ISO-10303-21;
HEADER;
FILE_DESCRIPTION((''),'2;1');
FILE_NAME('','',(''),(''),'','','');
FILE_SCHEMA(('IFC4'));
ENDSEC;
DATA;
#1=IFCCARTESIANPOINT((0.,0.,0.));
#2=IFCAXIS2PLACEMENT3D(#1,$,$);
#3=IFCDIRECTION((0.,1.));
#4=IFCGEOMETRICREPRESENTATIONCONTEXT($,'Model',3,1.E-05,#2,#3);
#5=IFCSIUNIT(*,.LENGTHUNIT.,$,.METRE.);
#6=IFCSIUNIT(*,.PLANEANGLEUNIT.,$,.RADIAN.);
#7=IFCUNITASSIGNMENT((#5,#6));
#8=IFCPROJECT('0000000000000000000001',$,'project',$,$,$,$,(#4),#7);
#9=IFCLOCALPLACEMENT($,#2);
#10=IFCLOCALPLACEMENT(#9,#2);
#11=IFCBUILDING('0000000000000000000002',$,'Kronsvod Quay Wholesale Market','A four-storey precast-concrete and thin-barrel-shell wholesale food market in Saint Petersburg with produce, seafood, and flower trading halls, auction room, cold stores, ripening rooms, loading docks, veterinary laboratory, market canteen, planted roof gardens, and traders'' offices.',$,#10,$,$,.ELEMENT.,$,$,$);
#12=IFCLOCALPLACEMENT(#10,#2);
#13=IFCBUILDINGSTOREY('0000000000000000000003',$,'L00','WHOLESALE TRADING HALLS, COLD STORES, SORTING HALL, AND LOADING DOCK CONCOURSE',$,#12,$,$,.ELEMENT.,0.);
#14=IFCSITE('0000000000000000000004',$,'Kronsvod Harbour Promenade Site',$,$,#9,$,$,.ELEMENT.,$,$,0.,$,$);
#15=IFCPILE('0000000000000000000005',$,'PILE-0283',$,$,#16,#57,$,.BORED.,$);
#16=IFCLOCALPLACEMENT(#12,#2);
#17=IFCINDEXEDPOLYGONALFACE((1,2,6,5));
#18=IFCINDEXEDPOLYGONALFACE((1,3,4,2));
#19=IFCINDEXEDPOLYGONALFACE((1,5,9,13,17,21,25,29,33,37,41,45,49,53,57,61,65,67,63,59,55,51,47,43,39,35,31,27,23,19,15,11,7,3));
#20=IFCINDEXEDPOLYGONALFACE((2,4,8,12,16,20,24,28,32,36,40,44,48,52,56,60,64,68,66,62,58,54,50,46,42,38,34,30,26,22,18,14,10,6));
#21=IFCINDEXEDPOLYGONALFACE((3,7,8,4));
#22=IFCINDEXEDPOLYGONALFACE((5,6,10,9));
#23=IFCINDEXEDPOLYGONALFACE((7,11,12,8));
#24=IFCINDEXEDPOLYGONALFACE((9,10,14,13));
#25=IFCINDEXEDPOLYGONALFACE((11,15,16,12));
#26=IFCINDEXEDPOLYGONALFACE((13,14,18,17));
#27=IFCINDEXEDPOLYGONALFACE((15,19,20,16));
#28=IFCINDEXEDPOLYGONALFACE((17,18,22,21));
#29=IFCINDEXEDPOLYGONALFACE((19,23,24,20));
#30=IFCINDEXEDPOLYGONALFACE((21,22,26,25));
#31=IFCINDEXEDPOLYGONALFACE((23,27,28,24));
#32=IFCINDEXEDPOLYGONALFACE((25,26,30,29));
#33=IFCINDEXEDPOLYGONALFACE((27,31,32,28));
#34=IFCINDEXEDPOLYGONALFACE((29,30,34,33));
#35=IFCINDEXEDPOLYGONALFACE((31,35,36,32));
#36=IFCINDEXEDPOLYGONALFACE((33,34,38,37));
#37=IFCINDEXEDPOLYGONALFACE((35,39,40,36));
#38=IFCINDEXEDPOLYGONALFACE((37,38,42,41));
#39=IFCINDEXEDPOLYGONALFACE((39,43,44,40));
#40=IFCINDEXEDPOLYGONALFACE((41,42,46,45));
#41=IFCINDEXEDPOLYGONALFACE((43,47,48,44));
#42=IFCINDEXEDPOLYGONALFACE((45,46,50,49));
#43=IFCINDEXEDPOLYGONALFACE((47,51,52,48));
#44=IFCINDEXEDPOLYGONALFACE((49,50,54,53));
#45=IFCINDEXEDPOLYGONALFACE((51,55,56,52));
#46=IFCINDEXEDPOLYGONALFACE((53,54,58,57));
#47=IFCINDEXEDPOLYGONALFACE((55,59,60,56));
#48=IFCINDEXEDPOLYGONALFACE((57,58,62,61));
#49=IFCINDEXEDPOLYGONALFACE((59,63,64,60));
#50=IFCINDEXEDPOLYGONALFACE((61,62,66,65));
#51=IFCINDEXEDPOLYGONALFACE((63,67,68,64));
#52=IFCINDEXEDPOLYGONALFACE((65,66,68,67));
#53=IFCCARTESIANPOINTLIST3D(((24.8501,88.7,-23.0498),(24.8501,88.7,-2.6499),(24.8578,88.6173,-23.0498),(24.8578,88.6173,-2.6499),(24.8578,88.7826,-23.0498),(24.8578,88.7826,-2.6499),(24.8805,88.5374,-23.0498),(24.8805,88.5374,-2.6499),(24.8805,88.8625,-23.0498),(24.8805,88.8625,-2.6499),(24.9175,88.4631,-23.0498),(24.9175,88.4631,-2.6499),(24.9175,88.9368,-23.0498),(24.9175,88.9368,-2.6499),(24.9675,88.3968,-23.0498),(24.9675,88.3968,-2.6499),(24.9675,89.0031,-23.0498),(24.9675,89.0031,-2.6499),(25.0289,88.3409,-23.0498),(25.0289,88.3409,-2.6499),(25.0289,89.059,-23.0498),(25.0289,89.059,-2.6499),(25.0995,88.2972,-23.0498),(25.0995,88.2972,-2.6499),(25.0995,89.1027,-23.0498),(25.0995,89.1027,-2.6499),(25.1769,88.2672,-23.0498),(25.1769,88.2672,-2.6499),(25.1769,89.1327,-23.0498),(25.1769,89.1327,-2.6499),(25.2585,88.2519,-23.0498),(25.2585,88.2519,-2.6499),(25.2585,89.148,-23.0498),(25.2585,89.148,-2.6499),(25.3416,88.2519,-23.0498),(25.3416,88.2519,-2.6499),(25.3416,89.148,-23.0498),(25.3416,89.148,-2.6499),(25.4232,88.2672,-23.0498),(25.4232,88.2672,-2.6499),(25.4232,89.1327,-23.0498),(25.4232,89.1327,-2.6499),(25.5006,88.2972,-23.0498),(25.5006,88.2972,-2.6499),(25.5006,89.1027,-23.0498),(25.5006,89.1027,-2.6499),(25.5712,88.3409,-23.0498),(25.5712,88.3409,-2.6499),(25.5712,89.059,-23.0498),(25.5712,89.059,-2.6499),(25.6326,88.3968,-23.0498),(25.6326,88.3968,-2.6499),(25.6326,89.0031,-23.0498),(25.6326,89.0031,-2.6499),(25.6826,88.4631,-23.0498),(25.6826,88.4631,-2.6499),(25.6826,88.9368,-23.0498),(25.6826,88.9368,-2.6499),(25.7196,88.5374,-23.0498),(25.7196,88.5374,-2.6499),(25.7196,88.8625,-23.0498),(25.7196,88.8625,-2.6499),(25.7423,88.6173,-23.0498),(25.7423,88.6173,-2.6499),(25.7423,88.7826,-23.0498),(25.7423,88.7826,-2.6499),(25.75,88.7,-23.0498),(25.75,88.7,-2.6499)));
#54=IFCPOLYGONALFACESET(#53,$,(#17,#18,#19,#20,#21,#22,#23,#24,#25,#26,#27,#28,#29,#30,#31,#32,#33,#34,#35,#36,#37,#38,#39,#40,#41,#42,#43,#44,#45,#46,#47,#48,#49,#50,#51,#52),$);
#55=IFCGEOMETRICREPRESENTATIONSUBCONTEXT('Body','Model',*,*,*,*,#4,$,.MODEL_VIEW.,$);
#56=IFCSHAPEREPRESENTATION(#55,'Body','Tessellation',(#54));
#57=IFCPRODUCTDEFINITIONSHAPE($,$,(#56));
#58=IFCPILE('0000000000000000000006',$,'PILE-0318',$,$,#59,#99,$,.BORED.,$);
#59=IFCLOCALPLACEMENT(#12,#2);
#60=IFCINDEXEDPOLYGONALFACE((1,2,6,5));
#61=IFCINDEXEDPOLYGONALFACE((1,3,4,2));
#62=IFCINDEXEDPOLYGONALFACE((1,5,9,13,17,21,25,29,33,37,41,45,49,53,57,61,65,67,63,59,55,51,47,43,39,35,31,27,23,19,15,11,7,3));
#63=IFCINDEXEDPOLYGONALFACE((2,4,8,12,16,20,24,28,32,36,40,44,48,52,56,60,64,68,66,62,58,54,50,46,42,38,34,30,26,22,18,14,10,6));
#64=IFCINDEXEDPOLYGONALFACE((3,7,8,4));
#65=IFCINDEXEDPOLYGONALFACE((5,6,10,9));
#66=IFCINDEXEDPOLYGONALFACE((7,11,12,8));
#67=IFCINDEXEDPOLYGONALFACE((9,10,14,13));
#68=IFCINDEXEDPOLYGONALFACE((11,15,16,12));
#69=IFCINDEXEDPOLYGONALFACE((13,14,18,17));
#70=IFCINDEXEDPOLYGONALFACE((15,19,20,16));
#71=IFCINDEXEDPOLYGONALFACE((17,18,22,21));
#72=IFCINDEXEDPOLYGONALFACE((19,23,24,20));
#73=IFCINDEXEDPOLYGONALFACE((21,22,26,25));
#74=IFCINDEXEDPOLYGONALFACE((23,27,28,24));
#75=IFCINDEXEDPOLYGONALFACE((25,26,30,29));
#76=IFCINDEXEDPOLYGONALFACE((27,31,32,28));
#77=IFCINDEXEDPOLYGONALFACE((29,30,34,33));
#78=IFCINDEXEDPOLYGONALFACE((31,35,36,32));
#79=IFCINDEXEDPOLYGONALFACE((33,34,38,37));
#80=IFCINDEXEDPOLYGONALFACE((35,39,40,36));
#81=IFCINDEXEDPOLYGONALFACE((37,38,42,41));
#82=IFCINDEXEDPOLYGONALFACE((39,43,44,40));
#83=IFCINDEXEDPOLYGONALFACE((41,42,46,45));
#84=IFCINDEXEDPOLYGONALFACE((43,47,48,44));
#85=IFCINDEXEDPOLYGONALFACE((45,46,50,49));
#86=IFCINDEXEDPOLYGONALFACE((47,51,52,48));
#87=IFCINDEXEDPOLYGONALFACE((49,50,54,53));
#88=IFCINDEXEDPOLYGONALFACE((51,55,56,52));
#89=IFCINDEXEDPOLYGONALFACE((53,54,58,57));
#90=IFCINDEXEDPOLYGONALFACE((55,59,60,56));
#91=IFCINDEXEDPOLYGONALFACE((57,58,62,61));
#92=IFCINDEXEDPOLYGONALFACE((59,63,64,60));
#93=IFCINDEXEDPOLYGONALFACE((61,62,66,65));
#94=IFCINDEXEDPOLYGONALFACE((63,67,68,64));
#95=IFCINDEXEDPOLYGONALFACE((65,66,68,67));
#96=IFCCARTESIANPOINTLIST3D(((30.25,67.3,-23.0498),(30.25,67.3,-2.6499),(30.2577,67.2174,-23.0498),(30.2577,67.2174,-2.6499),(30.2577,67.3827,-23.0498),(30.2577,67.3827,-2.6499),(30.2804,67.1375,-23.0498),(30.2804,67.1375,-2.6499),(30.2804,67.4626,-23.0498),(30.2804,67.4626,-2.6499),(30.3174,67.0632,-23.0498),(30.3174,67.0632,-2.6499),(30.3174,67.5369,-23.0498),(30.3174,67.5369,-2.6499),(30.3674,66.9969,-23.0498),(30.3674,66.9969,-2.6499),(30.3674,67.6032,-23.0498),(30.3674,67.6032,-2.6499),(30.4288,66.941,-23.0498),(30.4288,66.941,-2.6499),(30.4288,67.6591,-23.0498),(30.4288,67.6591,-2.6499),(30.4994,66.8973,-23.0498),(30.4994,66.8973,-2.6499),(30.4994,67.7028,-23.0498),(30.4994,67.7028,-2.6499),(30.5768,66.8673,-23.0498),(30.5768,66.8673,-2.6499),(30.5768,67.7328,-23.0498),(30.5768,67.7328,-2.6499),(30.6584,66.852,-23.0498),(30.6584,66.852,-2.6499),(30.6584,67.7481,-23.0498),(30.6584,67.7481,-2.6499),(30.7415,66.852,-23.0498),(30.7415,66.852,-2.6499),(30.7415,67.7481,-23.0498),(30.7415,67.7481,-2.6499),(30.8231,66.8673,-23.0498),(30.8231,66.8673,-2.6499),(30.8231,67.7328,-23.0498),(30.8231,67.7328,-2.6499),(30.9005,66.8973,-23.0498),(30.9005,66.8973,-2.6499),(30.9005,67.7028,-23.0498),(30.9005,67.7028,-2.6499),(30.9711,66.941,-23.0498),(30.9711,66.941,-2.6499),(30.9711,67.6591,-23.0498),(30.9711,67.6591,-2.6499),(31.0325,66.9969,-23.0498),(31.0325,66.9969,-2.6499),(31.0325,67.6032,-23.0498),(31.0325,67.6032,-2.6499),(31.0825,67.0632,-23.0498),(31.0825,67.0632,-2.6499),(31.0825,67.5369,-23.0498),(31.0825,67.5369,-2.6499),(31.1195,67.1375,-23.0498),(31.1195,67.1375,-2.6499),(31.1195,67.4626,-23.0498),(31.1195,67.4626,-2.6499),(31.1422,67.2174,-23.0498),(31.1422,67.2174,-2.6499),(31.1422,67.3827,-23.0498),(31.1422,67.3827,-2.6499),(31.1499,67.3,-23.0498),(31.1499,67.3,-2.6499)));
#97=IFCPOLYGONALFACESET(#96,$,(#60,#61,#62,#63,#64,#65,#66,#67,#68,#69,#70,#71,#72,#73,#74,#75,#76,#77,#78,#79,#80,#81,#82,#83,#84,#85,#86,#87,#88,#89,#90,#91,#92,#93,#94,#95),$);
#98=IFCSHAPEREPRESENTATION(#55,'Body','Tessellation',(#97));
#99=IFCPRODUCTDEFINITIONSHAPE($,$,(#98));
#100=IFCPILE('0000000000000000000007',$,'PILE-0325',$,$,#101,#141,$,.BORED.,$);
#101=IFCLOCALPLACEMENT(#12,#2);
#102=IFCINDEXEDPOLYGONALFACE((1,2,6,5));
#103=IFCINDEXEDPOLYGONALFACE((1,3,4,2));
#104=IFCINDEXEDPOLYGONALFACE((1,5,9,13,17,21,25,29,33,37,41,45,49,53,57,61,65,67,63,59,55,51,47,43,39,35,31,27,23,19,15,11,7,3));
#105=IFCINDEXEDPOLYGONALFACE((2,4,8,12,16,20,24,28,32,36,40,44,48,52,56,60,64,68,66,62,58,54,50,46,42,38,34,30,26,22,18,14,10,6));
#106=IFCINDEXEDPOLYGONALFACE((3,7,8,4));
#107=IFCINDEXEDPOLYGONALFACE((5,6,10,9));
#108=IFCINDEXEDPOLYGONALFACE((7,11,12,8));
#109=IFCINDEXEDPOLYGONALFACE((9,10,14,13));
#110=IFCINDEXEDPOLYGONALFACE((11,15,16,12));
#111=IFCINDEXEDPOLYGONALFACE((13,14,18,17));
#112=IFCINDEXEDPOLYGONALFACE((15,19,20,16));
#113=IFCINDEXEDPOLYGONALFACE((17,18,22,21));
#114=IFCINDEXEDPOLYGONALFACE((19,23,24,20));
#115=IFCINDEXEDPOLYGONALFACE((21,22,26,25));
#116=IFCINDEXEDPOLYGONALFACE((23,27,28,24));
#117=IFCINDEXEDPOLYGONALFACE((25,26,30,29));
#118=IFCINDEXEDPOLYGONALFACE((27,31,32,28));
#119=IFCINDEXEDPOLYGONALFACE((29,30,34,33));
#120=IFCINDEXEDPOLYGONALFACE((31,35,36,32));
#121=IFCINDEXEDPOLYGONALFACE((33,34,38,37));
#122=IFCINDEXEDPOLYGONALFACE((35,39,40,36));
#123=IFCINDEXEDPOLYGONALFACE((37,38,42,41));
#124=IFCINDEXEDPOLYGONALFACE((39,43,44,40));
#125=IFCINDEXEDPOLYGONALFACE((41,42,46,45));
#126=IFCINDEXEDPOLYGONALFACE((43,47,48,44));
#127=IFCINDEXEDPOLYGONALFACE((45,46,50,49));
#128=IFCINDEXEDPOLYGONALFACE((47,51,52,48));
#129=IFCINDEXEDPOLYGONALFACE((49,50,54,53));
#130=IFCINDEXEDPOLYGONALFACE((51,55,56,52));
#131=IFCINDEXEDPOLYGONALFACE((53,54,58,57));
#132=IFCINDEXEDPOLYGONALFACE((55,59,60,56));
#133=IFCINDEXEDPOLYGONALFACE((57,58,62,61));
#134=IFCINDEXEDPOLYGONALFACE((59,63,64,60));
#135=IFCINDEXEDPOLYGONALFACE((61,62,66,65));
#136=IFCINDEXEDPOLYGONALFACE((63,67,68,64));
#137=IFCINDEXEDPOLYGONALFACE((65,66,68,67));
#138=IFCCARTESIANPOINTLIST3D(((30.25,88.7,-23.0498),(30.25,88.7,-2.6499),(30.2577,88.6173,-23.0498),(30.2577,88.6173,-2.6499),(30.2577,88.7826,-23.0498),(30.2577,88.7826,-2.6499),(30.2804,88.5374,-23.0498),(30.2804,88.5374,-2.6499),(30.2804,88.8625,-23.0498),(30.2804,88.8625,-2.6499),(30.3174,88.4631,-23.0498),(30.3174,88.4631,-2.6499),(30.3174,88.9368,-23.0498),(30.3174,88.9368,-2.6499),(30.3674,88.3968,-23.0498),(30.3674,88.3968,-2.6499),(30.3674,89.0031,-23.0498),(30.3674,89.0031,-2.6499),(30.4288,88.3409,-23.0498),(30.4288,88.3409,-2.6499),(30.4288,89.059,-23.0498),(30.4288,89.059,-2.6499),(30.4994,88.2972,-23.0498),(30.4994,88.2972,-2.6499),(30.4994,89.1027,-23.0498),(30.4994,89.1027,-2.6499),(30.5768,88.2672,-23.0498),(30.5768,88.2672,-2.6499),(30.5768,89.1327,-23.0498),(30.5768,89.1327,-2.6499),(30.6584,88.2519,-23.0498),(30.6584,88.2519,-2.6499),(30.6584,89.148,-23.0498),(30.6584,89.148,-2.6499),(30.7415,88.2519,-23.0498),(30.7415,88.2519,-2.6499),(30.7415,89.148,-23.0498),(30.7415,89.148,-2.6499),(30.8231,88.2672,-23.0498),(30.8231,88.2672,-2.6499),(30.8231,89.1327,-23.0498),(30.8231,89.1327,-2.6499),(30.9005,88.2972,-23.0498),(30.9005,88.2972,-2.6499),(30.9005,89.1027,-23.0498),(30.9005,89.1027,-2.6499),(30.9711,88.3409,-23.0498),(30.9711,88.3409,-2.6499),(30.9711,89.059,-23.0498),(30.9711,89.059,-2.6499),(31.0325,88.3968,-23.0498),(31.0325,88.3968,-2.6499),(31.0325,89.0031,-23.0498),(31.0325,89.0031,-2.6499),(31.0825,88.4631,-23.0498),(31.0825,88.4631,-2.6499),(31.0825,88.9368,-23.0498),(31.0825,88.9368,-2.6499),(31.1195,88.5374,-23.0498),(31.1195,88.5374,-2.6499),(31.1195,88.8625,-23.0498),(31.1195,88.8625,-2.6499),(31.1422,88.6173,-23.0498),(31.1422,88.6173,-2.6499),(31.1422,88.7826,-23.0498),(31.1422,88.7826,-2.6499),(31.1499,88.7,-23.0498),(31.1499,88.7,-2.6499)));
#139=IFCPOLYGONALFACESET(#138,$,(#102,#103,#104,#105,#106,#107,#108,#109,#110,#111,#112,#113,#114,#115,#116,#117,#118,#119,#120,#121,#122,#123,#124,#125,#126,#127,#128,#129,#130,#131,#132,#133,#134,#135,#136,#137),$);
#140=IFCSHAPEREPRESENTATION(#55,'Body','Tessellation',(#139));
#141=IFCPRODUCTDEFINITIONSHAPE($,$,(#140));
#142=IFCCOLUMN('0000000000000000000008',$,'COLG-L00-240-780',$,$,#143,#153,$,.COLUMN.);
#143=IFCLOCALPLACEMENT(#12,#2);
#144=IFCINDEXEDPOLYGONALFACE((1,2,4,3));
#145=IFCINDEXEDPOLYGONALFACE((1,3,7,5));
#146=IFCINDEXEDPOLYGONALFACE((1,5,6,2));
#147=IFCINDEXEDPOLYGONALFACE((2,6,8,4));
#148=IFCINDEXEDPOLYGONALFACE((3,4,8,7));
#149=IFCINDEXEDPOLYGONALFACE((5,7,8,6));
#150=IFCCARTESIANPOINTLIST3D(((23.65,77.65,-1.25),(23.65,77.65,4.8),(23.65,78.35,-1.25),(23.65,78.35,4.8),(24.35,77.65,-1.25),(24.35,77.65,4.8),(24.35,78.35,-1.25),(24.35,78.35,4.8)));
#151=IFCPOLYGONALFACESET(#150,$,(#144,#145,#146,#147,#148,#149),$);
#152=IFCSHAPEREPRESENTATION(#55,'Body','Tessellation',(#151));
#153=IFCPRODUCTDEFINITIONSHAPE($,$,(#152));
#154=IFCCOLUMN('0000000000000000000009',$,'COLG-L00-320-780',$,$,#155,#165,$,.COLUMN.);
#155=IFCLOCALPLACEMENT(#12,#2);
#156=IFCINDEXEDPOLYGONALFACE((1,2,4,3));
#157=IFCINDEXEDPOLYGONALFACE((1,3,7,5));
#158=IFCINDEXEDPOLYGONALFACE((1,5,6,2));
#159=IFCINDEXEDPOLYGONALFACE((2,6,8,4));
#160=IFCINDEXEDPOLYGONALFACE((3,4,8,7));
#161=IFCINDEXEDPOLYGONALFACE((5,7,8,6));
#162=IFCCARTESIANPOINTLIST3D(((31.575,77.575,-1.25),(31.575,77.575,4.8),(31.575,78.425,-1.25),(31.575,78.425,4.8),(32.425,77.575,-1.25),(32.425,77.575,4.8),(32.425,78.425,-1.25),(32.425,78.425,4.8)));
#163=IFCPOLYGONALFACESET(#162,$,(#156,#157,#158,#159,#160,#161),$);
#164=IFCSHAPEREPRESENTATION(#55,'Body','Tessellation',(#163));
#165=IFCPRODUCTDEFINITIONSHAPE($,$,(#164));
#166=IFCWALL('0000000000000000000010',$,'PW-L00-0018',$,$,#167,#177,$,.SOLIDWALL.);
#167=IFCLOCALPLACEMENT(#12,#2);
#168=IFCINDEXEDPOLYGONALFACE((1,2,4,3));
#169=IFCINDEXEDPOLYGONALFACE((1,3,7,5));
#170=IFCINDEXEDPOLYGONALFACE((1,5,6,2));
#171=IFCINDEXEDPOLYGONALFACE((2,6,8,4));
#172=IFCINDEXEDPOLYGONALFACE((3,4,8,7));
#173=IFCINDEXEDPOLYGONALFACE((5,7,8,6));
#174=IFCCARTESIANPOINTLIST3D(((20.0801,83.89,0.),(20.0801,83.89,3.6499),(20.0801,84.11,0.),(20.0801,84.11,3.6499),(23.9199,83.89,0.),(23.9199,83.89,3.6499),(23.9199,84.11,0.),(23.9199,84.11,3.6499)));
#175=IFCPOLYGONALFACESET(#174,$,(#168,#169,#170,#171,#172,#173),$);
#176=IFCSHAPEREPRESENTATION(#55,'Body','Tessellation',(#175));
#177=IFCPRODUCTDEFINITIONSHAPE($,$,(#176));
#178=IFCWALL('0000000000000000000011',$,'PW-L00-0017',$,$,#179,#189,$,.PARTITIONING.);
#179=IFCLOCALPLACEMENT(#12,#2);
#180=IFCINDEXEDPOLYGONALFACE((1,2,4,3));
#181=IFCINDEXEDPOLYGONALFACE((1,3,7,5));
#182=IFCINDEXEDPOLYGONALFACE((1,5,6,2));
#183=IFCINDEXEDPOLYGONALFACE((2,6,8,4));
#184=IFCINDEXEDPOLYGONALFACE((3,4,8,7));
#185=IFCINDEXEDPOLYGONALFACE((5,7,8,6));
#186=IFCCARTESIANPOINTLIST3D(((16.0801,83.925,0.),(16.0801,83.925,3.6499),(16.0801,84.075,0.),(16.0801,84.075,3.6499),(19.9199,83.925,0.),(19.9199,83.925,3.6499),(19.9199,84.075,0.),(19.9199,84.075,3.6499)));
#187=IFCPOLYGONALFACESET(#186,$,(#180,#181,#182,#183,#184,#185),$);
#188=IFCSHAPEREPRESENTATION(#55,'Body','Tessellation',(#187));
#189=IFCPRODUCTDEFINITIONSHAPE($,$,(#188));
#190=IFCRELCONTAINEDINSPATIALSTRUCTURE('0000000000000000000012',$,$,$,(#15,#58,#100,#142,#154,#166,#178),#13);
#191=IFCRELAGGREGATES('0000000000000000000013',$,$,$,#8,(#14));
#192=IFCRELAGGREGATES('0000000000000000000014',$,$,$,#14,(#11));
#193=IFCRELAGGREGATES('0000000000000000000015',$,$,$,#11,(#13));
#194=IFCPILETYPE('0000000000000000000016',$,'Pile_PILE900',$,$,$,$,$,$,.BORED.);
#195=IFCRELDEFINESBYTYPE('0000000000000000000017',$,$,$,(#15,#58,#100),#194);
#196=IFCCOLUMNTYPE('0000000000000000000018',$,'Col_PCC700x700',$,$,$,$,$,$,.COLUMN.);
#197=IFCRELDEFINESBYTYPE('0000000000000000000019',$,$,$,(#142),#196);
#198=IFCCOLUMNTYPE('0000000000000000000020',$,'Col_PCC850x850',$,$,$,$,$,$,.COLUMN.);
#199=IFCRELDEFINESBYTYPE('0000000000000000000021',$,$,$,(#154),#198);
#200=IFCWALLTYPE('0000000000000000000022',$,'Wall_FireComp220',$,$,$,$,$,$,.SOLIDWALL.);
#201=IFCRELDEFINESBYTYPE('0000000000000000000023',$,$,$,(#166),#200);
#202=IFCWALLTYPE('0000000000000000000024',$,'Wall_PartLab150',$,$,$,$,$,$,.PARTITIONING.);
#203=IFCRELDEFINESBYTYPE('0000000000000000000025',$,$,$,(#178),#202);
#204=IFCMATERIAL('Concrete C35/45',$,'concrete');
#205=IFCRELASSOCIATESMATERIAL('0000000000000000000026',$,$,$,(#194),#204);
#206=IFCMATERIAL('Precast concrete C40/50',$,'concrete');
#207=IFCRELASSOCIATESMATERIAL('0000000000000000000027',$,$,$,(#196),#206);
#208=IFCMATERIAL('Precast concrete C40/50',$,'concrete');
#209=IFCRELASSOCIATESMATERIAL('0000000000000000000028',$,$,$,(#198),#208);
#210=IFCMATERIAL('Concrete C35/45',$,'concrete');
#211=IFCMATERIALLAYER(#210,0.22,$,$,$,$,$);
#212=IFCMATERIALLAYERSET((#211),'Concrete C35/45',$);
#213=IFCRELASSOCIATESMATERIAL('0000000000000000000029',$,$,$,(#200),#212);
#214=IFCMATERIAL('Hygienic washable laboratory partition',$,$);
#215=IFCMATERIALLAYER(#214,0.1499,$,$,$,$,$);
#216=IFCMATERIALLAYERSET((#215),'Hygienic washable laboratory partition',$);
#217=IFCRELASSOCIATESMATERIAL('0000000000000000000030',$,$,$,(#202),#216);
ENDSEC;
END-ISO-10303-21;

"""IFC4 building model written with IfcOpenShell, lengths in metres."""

from ifc_helpers import new_model, si_unit, direction, frame, frame_2d, origin, origin_2d, place, context, subcontext, project, spatial, rectangle, circle, extrude, material, layer, layer_set, material_profile, profile_set, type_object, element, save


model = new_model("IFC4")

# Units and contexts
model_context = context("Model", 3, precision=1e-05, world=origin(), true_north=direction((0.0, 1.0)))
body_context = subcontext(model_context, "Body", "Model", "MODEL_VIEW")
ifc_project = project(units=[si_unit("LENGTHUNIT", "METRE"), si_unit("PLANEANGLEUNIT", "RADIAN")], contexts=[model_context])

# Site, building, storey
site_placement = place(None, origin())
site = spatial("IfcSite", under=ifc_project, at=site_placement, Name="Kronsvod Harbour Promenade Site", CompositionType="ELEMENT", RefElevation=0.0)
building_placement = place(site_placement, origin())
building = spatial("IfcBuilding", under=site, at=building_placement, Name="Kronsvod Quay Wholesale Market", Description="A four-storey precast-concrete and thin-barrel-shell wholesale food market in Saint Petersburg with produce, seafood, and flower trading halls, auction room, cold stores, ripening rooms, loading docks, veterinary laboratory, market canteen, planted roof gardens, and traders' offices.", CompositionType="ELEMENT")
storey_placement = place(building_placement, origin())
storey = spatial("IfcBuildingStorey", under=building, at=storey_placement, Name="L00", Description="WHOLESALE TRADING HALLS, COLD STORES, SORTING HALL, AND LOADING DOCK CONCOURSE", CompositionType="ELEMENT", Elevation=0.0)

# Piles
ifc_material_1 = material(Name="Concrete C35/45", Category="concrete")
ifc_material_profile_1 = material_profile(ifc_material_1, circle(Radius=0.45, at=origin_2d()), Name="PILE900")
ifc_profile_set_1 = profile_set([ifc_material_profile_1], Name="Concrete C35/45")
pile_type_1 = type_object("IfcPileType", Name="Pile_PILE900", PredefinedType="BORED", material=ifc_profile_set_1)
for number, where, z_axis, x_axis, name in (
    (1, (25.3, 88.7, -2.6499), (0.0, 0.0, -1.0), (1.0, 0.0, 0.0), "PILE-0283"),
    (2, (30.7, 67.3, -2.6499), (0.0, 0.0, -1.0), (1.0, 0.0, 0.0), "PILE-0318"),
    (3, (30.7, 88.7, -2.6499), (0.0, 0.0, -1.0), (1.0, 0.0, 0.0), "PILE-0325"),
):
    element("IfcPile", number, at=place(storey_placement, frame(where, z_axis=z_axis, x_axis=x_axis)), inside=storey, type_object=pile_type_1, Name=name, PredefinedType="BORED", context=body_context, shape_type="SweptSolid", body=[
        extrude(circle(Radius=0.45, at=origin_2d()), origin(), (0.0, 0.0, 1.0), 20.3999),
    ])

# Columns
ifc_material_2 = material(Name="Precast concrete C40/50", Category="concrete")
ifc_material_profile_2 = material_profile(ifc_material_2, rectangle(XDim=0.7, YDim=0.7, at=origin_2d()), Name="PCC700x700")
ifc_profile_set_2 = profile_set([ifc_material_profile_2], Name="Precast concrete C40/50")
column_type_1 = type_object("IfcColumnType", Name="Col_PCC700x700", PredefinedType="COLUMN", material=ifc_profile_set_2)
column_1_placement = place(storey_placement, frame((24.0, 78.0, -1.25), z_axis=(0.0, 0.0, 1.0), x_axis=(1.0, 0.0, 0.0)))
element("IfcColumn", 4, at=column_1_placement, inside=storey, type_object=column_type_1, Name="COLG-L00-240-780", PredefinedType="COLUMN", context=body_context, shape_type="SweptSolid", body=[
    extrude(rectangle(XDim=0.7, YDim=0.7, at=origin_2d()), origin(), (0.0, 0.0, 1.0), 6.05),
])
ifc_material_3 = material(Name="Precast concrete C40/50", Category="concrete")
ifc_material_profile_3 = material_profile(ifc_material_3, rectangle(XDim=0.8501, YDim=0.8501, at=origin_2d()), Name="COL-06")
ifc_profile_set_3 = profile_set([ifc_material_profile_3], Name="Precast concrete C40/50")
column_type_2 = type_object("IfcColumnType", Name="Col_PCC850x850", PredefinedType="COLUMN", material=ifc_profile_set_3)
column_2_placement = place(storey_placement, frame((32.0, 78.0, -1.25), z_axis=(0.0, 0.0, 1.0), x_axis=(1.0, 0.0, 0.0)))
element("IfcColumn", 5, at=column_2_placement, inside=storey, type_object=column_type_2, Name="COLG-L00-320-780", PredefinedType="COLUMN", context=body_context, shape_type="SweptSolid", body=[
    extrude(rectangle(XDim=0.8501, YDim=0.8501, at=origin_2d()), origin(), (0.0, 0.0, 1.0), 6.05),
])

# Wall
ifc_material_4 = material(Name="Concrete C35/45", Category="concrete")
ifc_layer_1 = layer(ifc_material_4, 0.22)
ifc_layer_set_1 = layer_set([ifc_layer_1], Name="Concrete C35/45")
wall_type_1 = type_object("IfcWallType", Name="Wall_FireComp220", PredefinedType="SOLIDWALL", material=ifc_layer_set_1)
wall_1_placement = place(storey_placement, frame((20.0801, 84.0, 0.0), z_axis=(0.0, 0.0, 1.0), x_axis=(1.0, 0.0, 0.0)))
element("IfcWall", 6, at=wall_1_placement, inside=storey, type_object=wall_type_1, Name="PW-L00-0018", PredefinedType="SOLIDWALL", context=body_context, shape_type="SweptSolid", body=[
    extrude(rectangle(XDim=3.8398, YDim=0.22, at=frame_2d((1.9199, 0.0))), origin(), (0.0, 0.0, 1.0), 3.6499),
])

# Wall
ifc_material_5 = material(Name="Hygienic washable laboratory partition")
ifc_layer_2 = layer(ifc_material_5, 0.1499)
ifc_layer_set_2 = layer_set([ifc_layer_2], Name="Hygienic washable laboratory partition")
wall_type_2 = type_object("IfcWallType", Name="Wall_PartLab150", PredefinedType="PARTITIONING", material=ifc_layer_set_2)
wall_2_placement = place(storey_placement, frame((16.0801, 84.0, 0.0), z_axis=(0.0, 0.0, 1.0), x_axis=(1.0, 0.0, 0.0)))
element("IfcWall", 7, at=wall_2_placement, inside=storey, type_object=wall_type_2, Name="PW-L00-0017", PredefinedType="PARTITIONING", context=body_context, shape_type="SweptSolid", body=[
    extrude(rectangle(XDim=3.8398, YDim=0.1499, at=frame_2d((1.9199, 0.0))), origin(), (0.0, 0.0, 1.0), 3.6499),
])

save(model, "model.ifc")
